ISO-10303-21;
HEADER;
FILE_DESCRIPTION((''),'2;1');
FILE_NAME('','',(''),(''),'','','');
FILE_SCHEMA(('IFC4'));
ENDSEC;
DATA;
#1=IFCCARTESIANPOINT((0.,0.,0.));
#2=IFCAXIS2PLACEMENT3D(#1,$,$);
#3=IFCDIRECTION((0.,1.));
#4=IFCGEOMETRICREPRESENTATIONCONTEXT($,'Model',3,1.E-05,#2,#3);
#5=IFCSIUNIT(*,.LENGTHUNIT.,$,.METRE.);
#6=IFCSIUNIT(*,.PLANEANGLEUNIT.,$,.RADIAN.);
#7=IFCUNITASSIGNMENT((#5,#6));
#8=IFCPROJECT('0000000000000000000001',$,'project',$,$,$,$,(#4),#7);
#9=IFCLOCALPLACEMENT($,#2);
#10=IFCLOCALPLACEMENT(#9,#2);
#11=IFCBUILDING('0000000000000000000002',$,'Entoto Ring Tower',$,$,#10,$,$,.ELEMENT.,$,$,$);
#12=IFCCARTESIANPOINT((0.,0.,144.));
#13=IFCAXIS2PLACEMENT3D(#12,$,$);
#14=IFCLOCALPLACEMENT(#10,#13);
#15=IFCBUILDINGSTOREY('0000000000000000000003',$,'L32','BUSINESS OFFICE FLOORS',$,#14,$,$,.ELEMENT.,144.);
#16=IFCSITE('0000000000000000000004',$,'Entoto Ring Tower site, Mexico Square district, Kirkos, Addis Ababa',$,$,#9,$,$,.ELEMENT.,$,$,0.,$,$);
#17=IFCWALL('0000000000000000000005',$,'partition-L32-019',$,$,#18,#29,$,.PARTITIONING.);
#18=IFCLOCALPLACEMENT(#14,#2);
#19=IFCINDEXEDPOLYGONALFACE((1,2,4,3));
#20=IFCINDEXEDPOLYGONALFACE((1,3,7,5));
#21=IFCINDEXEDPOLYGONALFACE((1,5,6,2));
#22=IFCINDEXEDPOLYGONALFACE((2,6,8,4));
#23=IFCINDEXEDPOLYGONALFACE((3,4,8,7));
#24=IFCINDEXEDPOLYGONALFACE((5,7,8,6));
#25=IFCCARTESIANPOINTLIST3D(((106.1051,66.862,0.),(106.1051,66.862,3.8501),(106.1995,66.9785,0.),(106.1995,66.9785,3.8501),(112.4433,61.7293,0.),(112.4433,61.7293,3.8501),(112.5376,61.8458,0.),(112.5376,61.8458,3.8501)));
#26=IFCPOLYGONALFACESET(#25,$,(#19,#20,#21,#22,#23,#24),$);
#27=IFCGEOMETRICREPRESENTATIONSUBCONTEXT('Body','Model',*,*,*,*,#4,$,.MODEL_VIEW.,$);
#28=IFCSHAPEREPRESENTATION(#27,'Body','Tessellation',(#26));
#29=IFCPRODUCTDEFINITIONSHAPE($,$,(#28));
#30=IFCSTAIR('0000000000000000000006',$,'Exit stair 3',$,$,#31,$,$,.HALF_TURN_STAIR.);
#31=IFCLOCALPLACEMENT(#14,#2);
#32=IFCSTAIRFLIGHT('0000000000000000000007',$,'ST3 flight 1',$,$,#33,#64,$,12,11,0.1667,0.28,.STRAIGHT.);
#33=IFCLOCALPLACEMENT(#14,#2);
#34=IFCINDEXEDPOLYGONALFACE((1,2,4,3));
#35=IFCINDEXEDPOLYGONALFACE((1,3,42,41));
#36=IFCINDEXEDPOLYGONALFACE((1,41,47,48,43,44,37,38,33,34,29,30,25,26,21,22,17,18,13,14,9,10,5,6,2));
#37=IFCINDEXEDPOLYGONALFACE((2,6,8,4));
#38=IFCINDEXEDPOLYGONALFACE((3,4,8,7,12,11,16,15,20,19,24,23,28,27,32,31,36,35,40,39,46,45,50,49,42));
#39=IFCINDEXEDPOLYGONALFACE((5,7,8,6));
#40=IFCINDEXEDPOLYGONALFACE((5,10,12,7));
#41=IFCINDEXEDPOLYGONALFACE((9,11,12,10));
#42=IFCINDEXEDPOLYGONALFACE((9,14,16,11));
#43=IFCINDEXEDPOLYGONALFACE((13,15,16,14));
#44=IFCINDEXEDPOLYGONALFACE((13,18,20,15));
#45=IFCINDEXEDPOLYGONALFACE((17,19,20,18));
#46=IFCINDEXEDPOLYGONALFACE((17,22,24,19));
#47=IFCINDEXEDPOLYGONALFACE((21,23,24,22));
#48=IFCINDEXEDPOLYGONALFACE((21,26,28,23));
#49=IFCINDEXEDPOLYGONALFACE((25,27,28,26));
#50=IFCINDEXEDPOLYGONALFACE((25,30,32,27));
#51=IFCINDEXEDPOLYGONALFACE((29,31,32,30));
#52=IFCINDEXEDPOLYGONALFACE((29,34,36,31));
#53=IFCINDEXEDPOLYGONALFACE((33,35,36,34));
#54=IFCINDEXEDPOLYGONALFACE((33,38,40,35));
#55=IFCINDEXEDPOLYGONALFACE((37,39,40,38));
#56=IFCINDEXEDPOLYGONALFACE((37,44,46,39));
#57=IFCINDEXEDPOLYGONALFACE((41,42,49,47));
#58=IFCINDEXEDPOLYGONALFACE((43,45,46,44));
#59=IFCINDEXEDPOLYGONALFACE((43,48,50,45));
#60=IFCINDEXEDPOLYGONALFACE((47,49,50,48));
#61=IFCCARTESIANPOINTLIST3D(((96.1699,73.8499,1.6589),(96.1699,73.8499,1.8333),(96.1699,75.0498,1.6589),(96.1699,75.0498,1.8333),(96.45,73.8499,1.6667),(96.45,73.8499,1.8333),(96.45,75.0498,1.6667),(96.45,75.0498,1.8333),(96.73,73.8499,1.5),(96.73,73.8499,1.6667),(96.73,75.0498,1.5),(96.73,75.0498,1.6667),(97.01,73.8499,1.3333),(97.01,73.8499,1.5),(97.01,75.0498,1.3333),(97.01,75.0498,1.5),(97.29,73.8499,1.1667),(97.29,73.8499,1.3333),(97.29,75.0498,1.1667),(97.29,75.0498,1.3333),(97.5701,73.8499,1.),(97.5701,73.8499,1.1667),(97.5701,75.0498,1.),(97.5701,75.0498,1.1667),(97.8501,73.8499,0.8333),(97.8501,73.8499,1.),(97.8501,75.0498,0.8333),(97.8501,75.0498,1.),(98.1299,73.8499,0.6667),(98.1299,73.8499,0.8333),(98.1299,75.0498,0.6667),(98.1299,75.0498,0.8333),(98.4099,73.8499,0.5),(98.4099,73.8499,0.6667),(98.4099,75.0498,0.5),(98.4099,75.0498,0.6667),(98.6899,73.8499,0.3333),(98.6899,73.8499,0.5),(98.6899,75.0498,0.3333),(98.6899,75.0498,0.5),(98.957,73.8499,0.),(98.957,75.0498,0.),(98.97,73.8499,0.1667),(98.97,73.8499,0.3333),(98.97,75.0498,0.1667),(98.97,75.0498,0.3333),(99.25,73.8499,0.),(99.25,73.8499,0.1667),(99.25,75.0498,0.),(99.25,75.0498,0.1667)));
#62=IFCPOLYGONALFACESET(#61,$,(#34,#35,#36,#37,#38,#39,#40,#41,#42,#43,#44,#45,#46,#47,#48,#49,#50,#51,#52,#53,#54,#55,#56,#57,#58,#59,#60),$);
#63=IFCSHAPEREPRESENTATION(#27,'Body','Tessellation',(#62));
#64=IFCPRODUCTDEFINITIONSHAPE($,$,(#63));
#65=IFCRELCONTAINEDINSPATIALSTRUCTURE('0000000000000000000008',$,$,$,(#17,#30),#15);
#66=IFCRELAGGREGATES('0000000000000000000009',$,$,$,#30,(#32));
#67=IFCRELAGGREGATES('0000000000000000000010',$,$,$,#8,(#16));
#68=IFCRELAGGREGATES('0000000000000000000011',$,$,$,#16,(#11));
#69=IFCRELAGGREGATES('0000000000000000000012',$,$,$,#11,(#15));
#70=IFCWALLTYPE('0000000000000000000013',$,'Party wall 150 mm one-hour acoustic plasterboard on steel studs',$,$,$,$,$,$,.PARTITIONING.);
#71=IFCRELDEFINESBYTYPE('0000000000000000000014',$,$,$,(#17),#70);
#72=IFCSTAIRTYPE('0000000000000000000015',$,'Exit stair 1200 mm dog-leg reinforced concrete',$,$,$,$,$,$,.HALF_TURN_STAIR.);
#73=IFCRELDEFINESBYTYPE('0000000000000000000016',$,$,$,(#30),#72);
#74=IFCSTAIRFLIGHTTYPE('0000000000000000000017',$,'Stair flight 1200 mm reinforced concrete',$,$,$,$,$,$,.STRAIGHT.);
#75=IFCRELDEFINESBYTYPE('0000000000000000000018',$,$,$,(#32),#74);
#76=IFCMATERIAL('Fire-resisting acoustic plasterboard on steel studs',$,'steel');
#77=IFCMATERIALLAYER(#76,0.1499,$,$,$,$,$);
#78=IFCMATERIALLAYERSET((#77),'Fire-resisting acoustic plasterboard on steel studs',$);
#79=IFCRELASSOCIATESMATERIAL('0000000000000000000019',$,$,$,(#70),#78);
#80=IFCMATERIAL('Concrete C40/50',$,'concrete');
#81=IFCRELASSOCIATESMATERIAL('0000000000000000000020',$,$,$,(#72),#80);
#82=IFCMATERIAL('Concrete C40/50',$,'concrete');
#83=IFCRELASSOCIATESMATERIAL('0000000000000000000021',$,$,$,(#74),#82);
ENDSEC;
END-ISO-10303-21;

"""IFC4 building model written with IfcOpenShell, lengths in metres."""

from ifc_helpers import new_model, si_unit, direction, frame, frame_2d, origin, place, context, subcontext, project, spatial, polyline, rectangle, outline, extrude, material, layer, layer_set, type_object, element, aggregate, save


model = new_model("IFC4")

# Units and contexts
model_context = context("Model", 3, precision=1e-05, world=origin(), true_north=direction((0.0, 1.0)))
body_context = subcontext(model_context, "Body", "Model", "MODEL_VIEW")
ifc_project = project(units=[si_unit("LENGTHUNIT", "METRE"), si_unit("PLANEANGLEUNIT", "RADIAN")], contexts=[model_context])

# Site, building, storey
site_placement = place(None, origin())
site = spatial("IfcSite", under=ifc_project, at=site_placement, Name="Entoto Ring Tower site, Mexico Square district, Kirkos, Addis Ababa", CompositionType="ELEMENT", RefElevation=0.0)
building_placement = place(site_placement, origin())
building = spatial("IfcBuilding", under=site, at=building_placement, Name="Entoto Ring Tower", CompositionType="ELEMENT")
storey_placement = place(building_placement, frame((0.0, 0.0, 144.0)))
storey = spatial("IfcBuildingStorey", under=building, at=storey_placement, Name="L32", Description="BUSINESS OFFICE FLOORS", CompositionType="ELEMENT", Elevation=144.0)

# Wall
ifc_material_1 = material(Name="Fire-resisting acoustic plasterboard on steel studs", Category="steel")
ifc_layer_1 = layer(ifc_material_1, 0.1499)
ifc_layer_set_1 = layer_set([ifc_layer_1], Name="Fire-resisting acoustic plasterboard on steel studs")
wall_type_1 = type_object("IfcWallType", Name="Party wall 150 mm one-hour acoustic plasterboard on steel studs", PredefinedType="PARTITIONING", material=ifc_layer_set_1)
wall_1_placement = place(storey_placement, frame((112.4905, 61.7876, 0.0), z_axis=(0.0, 0.0, 1.0), x_axis=(-0.777143, 0.629324, 0.0)))
element("IfcWall", 1, at=wall_1_placement, inside=storey, type_object=wall_type_1, Name="partition-L32-019", PredefinedType="PARTITIONING", context=body_context, shape_type="SweptSolid", body=[
    extrude(rectangle(XDim=8.1558, YDim=0.1499, at=frame_2d((4.0779, 0.0))), origin(), (0.0, 0.0, 1.0), 3.8501),
])

# Stair, stair flight
ifc_material_2 = material(Name="Concrete C40/50", Category="concrete")
stair_type = type_object("IfcStairType", Name="Exit stair 1200 mm dog-leg reinforced concrete", PredefinedType="HALF_TURN_STAIR", material=ifc_material_2)
stair_placement = place(storey_placement, origin())
stair = element("IfcStair", 2, at=stair_placement, inside=storey, type_object=stair_type, Name="Exit stair 3", PredefinedType="HALF_TURN_STAIR")
ifc_material_3 = material(Name="Concrete C40/50", Category="concrete")
stair_flight_type = type_object("IfcStairFlightType", Name="Stair flight 1200 mm reinforced concrete", PredefinedType="STRAIGHT", material=ifc_material_3)
stair_flight_placement = place(storey_placement, frame((99.25, 74.45, 0.0), z_axis=(0.0, 0.0, 1.0), x_axis=(-1.0, 0.0, 0.0)))
stair_flight = element("IfcStairFlight", 3, at=stair_flight_placement, type_object=stair_flight_type, Name="ST3 flight 1", NumberOfRisers=12, NumberOfTreads=11, PredefinedType="STRAIGHT", RiserHeight=0.1667, TreadLength=0.28, context=body_context, shape_type="SweptSolid", body=[
    extrude(outline(polyline([(0.0, 0.0), (0.0, 0.1667), (0.28, 0.1667), (0.28, 0.3333), (0.5601, 0.3333), (0.5601, 0.5), (0.8401, 0.5), (0.8401, 0.6667), (1.1201, 0.6667), (1.1201, 0.8333), (1.3999, 0.8333), (1.3999, 1.0), (1.6799, 1.0), (1.6799, 1.1667), (1.96, 1.1667), (1.96, 1.3333), (2.24, 1.3333), (2.24, 1.5), (2.52, 1.5), (2.52, 1.6667), (2.8, 1.6667), (2.8, 1.8333), (3.0801, 1.8333), (3.0801, 2.0), (3.0801, 1.6589), (0.293, 0.0), (0.0, 0.0)])), frame((0.0, 0.6001, 0.0), z_axis=(0.0, -1.0, 0.0), x_axis=(1.0, 0.0, 0.0)), (0.0, 0.0, 1.0), 1.2),
])
aggregate(stair, [stair_flight])

save(model, "model.ifc")
